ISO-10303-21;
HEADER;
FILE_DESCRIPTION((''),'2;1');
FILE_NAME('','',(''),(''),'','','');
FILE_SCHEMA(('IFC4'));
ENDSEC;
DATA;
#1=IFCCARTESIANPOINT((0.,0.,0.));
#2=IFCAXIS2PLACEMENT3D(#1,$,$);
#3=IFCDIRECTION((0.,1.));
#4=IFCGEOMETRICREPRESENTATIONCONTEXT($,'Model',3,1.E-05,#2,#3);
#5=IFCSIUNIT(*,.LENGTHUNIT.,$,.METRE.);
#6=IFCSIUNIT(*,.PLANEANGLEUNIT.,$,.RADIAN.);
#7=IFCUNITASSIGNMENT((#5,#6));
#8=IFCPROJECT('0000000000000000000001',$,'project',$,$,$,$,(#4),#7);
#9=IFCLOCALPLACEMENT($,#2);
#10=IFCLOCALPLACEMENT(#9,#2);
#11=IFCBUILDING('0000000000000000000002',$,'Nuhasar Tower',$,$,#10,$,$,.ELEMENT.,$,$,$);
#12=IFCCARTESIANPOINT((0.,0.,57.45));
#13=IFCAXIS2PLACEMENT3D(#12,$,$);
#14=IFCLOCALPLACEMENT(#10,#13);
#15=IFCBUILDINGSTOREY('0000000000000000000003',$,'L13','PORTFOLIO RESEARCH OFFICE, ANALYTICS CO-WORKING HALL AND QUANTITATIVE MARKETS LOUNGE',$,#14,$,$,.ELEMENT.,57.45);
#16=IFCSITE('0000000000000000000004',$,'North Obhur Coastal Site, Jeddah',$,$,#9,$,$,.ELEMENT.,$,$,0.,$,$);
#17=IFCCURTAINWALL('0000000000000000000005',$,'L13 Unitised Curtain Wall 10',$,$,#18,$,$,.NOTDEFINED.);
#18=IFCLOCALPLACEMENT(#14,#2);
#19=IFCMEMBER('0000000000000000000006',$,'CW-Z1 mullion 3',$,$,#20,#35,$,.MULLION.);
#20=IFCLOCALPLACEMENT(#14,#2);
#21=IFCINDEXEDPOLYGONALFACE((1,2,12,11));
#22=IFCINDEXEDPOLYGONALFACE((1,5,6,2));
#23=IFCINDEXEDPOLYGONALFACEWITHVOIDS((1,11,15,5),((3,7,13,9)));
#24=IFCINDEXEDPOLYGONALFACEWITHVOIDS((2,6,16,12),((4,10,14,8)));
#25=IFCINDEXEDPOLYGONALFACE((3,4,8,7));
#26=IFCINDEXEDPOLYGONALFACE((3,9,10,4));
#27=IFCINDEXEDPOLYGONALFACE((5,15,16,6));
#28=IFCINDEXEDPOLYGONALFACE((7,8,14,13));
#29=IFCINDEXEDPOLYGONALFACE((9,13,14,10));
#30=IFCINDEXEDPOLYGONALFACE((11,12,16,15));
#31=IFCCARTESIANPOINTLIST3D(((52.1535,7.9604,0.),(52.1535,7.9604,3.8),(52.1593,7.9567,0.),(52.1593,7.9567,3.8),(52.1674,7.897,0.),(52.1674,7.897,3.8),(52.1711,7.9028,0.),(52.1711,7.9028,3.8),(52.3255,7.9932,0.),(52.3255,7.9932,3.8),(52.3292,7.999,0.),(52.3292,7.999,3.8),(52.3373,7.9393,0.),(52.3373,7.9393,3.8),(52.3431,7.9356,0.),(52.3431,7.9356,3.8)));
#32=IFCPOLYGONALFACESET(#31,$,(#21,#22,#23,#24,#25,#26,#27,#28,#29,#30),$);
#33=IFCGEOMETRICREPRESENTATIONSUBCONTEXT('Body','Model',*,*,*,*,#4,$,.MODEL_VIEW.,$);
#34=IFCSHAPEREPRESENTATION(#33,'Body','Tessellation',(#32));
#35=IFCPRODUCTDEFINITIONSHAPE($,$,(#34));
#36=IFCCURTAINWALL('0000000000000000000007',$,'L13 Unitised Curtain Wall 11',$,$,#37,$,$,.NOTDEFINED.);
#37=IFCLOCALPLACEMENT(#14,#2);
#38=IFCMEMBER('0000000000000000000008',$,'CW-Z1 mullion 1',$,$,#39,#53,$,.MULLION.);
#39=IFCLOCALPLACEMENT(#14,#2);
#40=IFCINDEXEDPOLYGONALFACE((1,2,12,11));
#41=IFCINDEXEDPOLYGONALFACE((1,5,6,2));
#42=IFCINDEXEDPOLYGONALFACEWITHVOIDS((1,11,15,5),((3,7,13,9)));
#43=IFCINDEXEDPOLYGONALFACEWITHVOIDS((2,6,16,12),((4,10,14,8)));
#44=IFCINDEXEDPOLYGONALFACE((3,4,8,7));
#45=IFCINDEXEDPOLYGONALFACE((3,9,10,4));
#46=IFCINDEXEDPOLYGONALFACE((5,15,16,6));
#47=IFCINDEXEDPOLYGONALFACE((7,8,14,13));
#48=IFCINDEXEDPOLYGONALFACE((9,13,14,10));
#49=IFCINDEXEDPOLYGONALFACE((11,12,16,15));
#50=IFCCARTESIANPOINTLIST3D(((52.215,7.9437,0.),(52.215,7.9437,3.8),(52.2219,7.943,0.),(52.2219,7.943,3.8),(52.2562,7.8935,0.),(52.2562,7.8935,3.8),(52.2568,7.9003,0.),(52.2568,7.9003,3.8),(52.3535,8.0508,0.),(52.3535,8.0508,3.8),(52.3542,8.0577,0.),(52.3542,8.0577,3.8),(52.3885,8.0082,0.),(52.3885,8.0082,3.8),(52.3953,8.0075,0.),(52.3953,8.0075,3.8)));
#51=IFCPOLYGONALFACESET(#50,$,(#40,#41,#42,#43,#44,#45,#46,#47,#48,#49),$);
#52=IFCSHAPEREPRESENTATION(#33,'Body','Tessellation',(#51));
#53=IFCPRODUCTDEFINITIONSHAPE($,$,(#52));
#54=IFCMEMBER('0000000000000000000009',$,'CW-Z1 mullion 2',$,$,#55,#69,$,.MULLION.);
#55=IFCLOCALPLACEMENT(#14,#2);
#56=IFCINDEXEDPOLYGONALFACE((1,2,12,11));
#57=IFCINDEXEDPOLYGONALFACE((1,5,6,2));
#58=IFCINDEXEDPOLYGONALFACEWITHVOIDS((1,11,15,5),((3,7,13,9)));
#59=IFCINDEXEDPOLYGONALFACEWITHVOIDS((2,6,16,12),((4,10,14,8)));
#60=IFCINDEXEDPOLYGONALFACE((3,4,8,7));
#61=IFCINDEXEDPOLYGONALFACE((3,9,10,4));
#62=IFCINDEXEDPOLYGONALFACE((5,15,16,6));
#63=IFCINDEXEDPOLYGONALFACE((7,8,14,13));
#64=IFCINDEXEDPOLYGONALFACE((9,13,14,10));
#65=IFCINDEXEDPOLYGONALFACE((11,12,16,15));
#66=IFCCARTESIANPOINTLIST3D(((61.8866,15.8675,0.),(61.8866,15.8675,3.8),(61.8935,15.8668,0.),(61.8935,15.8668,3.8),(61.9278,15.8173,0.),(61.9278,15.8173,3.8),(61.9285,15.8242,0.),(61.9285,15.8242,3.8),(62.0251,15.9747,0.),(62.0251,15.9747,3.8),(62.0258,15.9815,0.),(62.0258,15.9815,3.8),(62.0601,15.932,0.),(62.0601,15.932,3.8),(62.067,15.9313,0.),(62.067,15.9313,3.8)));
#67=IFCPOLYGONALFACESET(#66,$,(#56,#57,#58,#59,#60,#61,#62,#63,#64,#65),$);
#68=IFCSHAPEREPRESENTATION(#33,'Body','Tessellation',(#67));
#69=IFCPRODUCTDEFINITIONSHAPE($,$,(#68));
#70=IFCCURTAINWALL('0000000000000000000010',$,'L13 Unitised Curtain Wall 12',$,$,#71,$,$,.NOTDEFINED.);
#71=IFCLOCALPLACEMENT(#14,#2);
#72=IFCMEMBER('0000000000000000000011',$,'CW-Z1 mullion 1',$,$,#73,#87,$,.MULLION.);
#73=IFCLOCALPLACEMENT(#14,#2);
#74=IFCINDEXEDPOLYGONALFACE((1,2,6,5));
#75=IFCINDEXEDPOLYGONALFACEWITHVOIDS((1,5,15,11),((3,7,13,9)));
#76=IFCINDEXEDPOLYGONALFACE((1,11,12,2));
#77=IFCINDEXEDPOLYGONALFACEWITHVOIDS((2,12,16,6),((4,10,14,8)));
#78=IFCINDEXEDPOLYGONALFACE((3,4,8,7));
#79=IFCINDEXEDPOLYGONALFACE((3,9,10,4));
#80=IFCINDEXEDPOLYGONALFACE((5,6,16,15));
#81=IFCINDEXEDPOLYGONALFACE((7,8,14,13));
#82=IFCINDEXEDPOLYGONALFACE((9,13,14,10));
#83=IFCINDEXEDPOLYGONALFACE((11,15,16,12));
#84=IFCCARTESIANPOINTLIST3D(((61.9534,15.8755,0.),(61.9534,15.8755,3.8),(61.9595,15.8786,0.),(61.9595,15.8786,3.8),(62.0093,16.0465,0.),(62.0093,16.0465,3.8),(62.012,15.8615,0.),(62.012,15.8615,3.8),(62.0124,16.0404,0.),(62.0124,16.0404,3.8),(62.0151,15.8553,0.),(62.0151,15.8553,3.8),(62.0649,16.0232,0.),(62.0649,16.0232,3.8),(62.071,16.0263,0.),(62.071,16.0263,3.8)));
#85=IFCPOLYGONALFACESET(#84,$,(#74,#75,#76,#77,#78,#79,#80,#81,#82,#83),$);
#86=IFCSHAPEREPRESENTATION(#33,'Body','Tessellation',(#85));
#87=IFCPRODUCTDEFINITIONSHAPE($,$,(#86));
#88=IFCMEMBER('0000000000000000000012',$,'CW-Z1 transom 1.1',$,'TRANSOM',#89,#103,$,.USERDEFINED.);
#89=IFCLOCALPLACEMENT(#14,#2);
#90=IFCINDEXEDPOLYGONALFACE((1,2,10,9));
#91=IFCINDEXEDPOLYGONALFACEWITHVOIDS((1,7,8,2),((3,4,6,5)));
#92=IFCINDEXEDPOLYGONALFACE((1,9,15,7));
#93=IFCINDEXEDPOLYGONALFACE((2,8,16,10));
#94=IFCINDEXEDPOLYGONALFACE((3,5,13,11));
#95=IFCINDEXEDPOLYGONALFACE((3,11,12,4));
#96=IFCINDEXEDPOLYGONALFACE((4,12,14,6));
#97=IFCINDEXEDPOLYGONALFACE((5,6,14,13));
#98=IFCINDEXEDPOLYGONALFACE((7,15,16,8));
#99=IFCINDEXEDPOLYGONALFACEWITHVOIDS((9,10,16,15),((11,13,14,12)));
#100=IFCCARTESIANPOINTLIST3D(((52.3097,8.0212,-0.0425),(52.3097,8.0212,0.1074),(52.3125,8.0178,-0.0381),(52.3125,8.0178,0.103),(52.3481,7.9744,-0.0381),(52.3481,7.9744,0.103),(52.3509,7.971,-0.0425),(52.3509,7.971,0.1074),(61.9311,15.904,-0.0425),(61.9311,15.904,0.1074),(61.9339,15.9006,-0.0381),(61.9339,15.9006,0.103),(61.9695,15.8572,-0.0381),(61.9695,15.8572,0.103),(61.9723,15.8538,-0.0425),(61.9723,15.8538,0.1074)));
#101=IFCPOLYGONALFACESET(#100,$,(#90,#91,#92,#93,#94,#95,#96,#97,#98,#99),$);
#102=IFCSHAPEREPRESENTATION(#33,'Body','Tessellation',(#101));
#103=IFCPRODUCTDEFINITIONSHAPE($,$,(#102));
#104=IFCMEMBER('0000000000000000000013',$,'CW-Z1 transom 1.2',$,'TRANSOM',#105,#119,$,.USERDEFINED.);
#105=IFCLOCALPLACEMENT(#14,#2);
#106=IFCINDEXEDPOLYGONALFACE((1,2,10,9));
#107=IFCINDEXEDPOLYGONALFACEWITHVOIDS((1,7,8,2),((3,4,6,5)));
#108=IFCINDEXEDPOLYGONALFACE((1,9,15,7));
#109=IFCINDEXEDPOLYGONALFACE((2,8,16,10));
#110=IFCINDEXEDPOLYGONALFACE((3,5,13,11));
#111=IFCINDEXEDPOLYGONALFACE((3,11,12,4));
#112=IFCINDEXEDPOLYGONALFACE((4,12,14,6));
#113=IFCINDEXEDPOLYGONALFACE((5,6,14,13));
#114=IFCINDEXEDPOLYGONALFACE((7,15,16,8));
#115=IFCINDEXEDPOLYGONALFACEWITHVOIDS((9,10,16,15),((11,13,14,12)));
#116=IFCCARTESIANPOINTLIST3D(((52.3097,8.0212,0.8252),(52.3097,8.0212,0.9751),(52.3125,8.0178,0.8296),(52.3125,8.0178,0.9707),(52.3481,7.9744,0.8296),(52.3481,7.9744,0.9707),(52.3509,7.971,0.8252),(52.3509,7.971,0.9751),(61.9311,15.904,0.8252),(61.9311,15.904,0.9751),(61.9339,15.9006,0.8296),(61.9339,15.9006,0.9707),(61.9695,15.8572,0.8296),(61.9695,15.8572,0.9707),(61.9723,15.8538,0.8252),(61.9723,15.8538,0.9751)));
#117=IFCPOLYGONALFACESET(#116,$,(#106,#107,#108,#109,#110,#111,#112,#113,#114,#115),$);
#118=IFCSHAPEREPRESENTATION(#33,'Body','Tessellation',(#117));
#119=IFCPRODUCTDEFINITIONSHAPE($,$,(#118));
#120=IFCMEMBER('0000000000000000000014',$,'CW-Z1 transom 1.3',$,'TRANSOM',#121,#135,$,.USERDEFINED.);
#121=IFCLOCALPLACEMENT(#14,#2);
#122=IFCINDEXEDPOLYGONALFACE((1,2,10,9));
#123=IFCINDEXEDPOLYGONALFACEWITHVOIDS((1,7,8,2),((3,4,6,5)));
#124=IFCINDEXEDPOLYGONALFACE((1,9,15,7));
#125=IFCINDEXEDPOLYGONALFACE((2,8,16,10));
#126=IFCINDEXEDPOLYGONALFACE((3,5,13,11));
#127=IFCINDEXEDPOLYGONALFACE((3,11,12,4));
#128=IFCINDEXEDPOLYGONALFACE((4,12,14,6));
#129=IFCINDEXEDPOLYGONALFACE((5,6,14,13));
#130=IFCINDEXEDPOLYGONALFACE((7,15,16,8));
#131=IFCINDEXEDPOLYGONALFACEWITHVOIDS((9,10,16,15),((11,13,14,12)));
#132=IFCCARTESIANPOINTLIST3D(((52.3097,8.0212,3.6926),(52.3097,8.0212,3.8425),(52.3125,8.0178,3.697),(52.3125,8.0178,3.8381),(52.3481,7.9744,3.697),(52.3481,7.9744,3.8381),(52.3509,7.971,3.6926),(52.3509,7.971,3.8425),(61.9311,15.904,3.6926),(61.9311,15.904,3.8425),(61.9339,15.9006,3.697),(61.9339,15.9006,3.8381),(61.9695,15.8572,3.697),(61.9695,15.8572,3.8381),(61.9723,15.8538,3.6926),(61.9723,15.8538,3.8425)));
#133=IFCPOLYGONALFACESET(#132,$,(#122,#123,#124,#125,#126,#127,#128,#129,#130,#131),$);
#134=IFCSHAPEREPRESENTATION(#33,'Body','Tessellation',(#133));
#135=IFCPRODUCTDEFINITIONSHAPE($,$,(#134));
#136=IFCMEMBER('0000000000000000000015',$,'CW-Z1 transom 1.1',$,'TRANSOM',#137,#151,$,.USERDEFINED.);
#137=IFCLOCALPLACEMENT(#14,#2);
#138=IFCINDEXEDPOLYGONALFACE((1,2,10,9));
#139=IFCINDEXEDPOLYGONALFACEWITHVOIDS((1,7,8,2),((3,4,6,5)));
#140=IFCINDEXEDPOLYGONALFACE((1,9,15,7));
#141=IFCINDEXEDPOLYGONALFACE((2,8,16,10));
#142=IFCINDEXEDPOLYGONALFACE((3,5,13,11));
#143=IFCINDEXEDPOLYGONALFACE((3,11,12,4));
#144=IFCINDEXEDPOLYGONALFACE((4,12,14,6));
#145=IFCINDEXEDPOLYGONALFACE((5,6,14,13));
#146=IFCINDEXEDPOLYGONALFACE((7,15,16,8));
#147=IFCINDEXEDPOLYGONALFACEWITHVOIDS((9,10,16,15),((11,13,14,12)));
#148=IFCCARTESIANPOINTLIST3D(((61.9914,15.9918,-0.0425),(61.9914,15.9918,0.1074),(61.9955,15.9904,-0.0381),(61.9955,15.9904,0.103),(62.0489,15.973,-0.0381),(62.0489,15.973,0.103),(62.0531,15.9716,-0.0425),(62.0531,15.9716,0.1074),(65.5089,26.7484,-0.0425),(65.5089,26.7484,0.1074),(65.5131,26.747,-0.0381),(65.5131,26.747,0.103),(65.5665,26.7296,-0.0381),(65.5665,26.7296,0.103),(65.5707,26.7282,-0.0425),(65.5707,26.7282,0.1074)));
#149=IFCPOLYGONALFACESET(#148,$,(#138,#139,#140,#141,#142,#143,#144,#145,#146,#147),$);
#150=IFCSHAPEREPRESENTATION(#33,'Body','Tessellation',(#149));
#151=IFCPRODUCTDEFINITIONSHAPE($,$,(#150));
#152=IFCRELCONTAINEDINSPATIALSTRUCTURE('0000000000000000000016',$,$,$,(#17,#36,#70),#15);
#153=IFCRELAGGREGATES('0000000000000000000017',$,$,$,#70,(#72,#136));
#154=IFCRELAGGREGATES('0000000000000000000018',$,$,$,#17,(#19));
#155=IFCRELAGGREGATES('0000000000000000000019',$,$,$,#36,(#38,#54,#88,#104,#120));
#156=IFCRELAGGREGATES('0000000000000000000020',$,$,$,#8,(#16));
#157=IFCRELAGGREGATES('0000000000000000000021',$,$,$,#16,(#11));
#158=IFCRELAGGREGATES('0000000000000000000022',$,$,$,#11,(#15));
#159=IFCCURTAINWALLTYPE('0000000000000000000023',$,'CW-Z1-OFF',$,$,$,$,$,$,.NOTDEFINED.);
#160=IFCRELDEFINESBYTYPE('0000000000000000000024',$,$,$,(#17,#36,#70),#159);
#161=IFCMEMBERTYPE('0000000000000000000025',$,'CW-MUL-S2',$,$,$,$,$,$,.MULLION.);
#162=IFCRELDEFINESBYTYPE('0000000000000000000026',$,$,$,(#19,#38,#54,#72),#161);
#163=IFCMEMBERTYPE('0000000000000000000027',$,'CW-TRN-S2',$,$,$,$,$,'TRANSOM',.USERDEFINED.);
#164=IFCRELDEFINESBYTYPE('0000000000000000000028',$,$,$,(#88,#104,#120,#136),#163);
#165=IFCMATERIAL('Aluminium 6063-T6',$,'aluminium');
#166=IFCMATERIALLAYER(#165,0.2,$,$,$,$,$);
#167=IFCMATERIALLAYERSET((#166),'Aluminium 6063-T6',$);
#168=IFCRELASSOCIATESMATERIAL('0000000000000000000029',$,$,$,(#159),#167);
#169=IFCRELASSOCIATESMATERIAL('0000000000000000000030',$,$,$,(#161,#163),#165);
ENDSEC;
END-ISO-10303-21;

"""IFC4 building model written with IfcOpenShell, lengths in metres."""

from ifc_helpers import new_model, si_unit, direction, frame, origin, origin_2d, place, context, subcontext, project, spatial, hollow_rectangle, extrude, material, layer, layer_set, material_profile, profile_set, type_object, element, aggregate, save


model = new_model("IFC4")

# Units and contexts
model_context = context("Model", 3, precision=1e-05, world=origin(), true_north=direction((0.0, 1.0)))
body_context = subcontext(model_context, "Body", "Model", "MODEL_VIEW")
ifc_project = project(units=[si_unit("LENGTHUNIT", "METRE"), si_unit("PLANEANGLEUNIT", "RADIAN")], contexts=[model_context])

# Site, building, storey
site_placement = place(None, origin())
site = spatial("IfcSite", under=ifc_project, at=site_placement, Name="North Obhur Coastal Site, Jeddah", CompositionType="ELEMENT", RefElevation=0.0)
building_placement = place(site_placement, origin())
building = spatial("IfcBuilding", under=site, at=building_placement, Name="Nuhasar Tower", CompositionType="ELEMENT")
storey_placement = place(building_placement, frame((0.0, 0.0, 57.45)))
storey = spatial("IfcBuildingStorey", under=building, at=storey_placement, Name="L13", Description="PORTFOLIO RESEARCH OFFICE, ANALYTICS CO-WORKING HALL AND QUANTITATIVE MARKETS LOUNGE", CompositionType="ELEMENT", Elevation=57.45)

# Curtain wall, member
ifc_material_1 = material(Name="Aluminium 6063-T6", Category="aluminium")
ifc_layer_1 = layer(ifc_material_1, 0.2)
ifc_layer_set_1 = layer_set([ifc_layer_1], Name="Aluminium 6063-T6")
curtain_wall_type = type_object("IfcCurtainWallType", Name="CW-Z1-OFF", PredefinedType="NOTDEFINED", material=ifc_layer_set_1)
curtain_wall_1_placement = place(storey_placement, origin())
curtain_wall_1 = element("IfcCurtainWall", 1, at=curtain_wall_1_placement, inside=storey, type_object=curtain_wall_type, Name="L13 Unitised Curtain Wall 10", PredefinedType="NOTDEFINED")
ifc_material_profile_1 = material_profile(ifc_material_1, hollow_rectangle(XDim=0.0649, YDim=0.1799, WallThickness=0.0049, at=origin_2d()), Name="CWM-2")
ifc_profile_set_1 = profile_set([ifc_material_profile_1], Name="Aluminium 6063-T6")
member_type_1 = type_object("IfcMemberType", Name="CW-MUL-S2", PredefinedType="MULLION", material=ifc_profile_set_1)
member_1_placement = place(storey_placement, frame((52.2483, 7.948, 0.0), z_axis=(0.0, 0.0, 1.0), x_axis=(-0.214399, 0.976746, 0.0)))
member_1 = element("IfcMember", 2, at=member_1_placement, type_object=member_type_1, Name="CW-Z1 mullion 3", PredefinedType="MULLION", context=body_context, shape_type="SweptSolid", body=[
    extrude(hollow_rectangle(XDim=0.0649, YDim=0.1799, WallThickness=0.0049, at=origin_2d()), origin(), (0.0, 0.0, 1.0), 3.8),
])

# Curtain wall, members
curtain_wall_2_placement = place(storey_placement, origin())
curtain_wall_2 = element("IfcCurtainWall", 3, at=curtain_wall_2_placement, inside=storey, type_object=curtain_wall_type, Name="L13 Unitised Curtain Wall 11", PredefinedType="NOTDEFINED")
member_2_placement = place(storey_placement, frame((52.3052, 7.9756, 0.0), z_axis=(0.0, 0.0, 1.0), x_axis=(-0.633745, 0.773542, 0.0)))
member_2 = element("IfcMember", 4, at=member_2_placement, type_object=member_type_1, Name="CW-Z1 mullion 1", PredefinedType="MULLION", context=body_context, shape_type="SweptSolid", body=[
    extrude(hollow_rectangle(XDim=0.0649, YDim=0.1799, WallThickness=0.0049, at=origin_2d()), origin(), (0.0, 0.0, 1.0), 3.8),
])
member_3_placement = place(storey_placement, frame((61.9768, 15.8994, 0.0), z_axis=(0.0, 0.0, 1.0), x_axis=(-0.633745, 0.773542, 0.0)))
member_3 = element("IfcMember", 5, at=member_3_placement, type_object=member_type_1, Name="CW-Z1 mullion 2", PredefinedType="MULLION", context=body_context, shape_type="SweptSolid", body=[
    extrude(hollow_rectangle(XDim=0.0649, YDim=0.1799, WallThickness=0.0049, at=origin_2d()), origin(), (0.0, 0.0, 1.0), 3.8),
])

# Curtain wall, member
curtain_wall_3_placement = place(storey_placement, origin())
curtain_wall_3 = element("IfcCurtainWall", 6, at=curtain_wall_3_placement, inside=storey, type_object=curtain_wall_type, Name="L13 Unitised Curtain Wall 12", PredefinedType="NOTDEFINED")
member_4_placement = place(storey_placement, frame((62.0122, 15.9509, 0.0), z_axis=(0.0, 0.0, 1.0), x_axis=(-0.950468, 0.310824, 0.0)))
member_4 = element("IfcMember", 7, at=member_4_placement, type_object=member_type_1, Name="CW-Z1 mullion 1", PredefinedType="MULLION", context=body_context, shape_type="SweptSolid", body=[
    extrude(hollow_rectangle(XDim=0.0649, YDim=0.1799, WallThickness=0.0049, at=origin_2d()), origin(), (0.0, 0.0, 1.0), 3.8),
])

# Members
ifc_material_profile_2 = material_profile(ifc_material_1, hollow_rectangle(XDim=0.0649, YDim=0.1499, WallThickness=0.0044, at=origin_2d()), Name="CWT-2")
ifc_profile_set_2 = profile_set([ifc_material_profile_2], Name="Aluminium 6063-T6")
member_type_2 = type_object("IfcMemberType", Name="CW-TRN-S2", ElementType="TRANSOM", PredefinedType="USERDEFINED", material=ifc_profile_set_2)
member_5_placement = place(storey_placement, frame((52.3303, 7.9961, 0.0325), z_axis=(0.773531, 0.633758, 0.0), x_axis=(-0.633758, 0.773531, 0.0)))
member_5 = element("IfcMember", 8, at=member_5_placement, type_object=member_type_2, Name="CW-Z1 transom 1.1", ObjectType="TRANSOM", PredefinedType="USERDEFINED", context=body_context, shape_type="SweptSolid", body=[
    extrude(hollow_rectangle(XDim=0.0649, YDim=0.1499, WallThickness=0.0044, at=origin_2d()), origin(), (0.0, 0.0, 1.0), 12.4382),
])
member_6_placement = place(storey_placement, frame((52.3303, 7.9961, 0.9001), z_axis=(0.773531, 0.633758, 0.0), x_axis=(-0.633758, 0.773531, 0.0)))
member_6 = element("IfcMember", 9, at=member_6_placement, type_object=member_type_2, Name="CW-Z1 transom 1.2", ObjectType="TRANSOM", PredefinedType="USERDEFINED", context=body_context, shape_type="SweptSolid", body=[
    extrude(hollow_rectangle(XDim=0.0649, YDim=0.1499, WallThickness=0.0044, at=origin_2d()), origin(), (0.0, 0.0, 1.0), 12.4382),
])
member_7_placement = place(storey_placement, frame((52.3303, 7.9961, 3.7676), z_axis=(0.773531, 0.633758, 0.0), x_axis=(-0.633758, 0.773531, 0.0)))
member_7 = element("IfcMember", 10, at=member_7_placement, type_object=member_type_2, Name="CW-Z1 transom 1.3", ObjectType="TRANSOM", PredefinedType="USERDEFINED", context=body_context, shape_type="SweptSolid", body=[
    extrude(hollow_rectangle(XDim=0.0649, YDim=0.1499, WallThickness=0.0044, at=origin_2d()), origin(), (0.0, 0.0, 1.0), 12.4382),
])
member_8_placement = place(storey_placement, frame((62.0222, 15.9817, 0.0325), z_axis=(0.310819, 0.950469, 0.0), x_axis=(-0.950469, 0.310819, 0.0)))
member_8 = element("IfcMember", 11, at=member_8_placement, type_object=member_type_2, Name="CW-Z1 transom 1.1", ObjectType="TRANSOM", PredefinedType="USERDEFINED", context=body_context, shape_type="SweptSolid", body=[
    extrude(hollow_rectangle(XDim=0.0649, YDim=0.1499, WallThickness=0.0044, at=origin_2d()), origin(), (0.0, 0.0, 1.0), 11.3171),
])
aggregate(curtain_wall_3, [member_4, member_8])

aggregate(curtain_wall_1, [member_1])
aggregate(curtain_wall_2, [member_2, member_3, member_5, member_6, member_7])

save(model, "model.ifc")
